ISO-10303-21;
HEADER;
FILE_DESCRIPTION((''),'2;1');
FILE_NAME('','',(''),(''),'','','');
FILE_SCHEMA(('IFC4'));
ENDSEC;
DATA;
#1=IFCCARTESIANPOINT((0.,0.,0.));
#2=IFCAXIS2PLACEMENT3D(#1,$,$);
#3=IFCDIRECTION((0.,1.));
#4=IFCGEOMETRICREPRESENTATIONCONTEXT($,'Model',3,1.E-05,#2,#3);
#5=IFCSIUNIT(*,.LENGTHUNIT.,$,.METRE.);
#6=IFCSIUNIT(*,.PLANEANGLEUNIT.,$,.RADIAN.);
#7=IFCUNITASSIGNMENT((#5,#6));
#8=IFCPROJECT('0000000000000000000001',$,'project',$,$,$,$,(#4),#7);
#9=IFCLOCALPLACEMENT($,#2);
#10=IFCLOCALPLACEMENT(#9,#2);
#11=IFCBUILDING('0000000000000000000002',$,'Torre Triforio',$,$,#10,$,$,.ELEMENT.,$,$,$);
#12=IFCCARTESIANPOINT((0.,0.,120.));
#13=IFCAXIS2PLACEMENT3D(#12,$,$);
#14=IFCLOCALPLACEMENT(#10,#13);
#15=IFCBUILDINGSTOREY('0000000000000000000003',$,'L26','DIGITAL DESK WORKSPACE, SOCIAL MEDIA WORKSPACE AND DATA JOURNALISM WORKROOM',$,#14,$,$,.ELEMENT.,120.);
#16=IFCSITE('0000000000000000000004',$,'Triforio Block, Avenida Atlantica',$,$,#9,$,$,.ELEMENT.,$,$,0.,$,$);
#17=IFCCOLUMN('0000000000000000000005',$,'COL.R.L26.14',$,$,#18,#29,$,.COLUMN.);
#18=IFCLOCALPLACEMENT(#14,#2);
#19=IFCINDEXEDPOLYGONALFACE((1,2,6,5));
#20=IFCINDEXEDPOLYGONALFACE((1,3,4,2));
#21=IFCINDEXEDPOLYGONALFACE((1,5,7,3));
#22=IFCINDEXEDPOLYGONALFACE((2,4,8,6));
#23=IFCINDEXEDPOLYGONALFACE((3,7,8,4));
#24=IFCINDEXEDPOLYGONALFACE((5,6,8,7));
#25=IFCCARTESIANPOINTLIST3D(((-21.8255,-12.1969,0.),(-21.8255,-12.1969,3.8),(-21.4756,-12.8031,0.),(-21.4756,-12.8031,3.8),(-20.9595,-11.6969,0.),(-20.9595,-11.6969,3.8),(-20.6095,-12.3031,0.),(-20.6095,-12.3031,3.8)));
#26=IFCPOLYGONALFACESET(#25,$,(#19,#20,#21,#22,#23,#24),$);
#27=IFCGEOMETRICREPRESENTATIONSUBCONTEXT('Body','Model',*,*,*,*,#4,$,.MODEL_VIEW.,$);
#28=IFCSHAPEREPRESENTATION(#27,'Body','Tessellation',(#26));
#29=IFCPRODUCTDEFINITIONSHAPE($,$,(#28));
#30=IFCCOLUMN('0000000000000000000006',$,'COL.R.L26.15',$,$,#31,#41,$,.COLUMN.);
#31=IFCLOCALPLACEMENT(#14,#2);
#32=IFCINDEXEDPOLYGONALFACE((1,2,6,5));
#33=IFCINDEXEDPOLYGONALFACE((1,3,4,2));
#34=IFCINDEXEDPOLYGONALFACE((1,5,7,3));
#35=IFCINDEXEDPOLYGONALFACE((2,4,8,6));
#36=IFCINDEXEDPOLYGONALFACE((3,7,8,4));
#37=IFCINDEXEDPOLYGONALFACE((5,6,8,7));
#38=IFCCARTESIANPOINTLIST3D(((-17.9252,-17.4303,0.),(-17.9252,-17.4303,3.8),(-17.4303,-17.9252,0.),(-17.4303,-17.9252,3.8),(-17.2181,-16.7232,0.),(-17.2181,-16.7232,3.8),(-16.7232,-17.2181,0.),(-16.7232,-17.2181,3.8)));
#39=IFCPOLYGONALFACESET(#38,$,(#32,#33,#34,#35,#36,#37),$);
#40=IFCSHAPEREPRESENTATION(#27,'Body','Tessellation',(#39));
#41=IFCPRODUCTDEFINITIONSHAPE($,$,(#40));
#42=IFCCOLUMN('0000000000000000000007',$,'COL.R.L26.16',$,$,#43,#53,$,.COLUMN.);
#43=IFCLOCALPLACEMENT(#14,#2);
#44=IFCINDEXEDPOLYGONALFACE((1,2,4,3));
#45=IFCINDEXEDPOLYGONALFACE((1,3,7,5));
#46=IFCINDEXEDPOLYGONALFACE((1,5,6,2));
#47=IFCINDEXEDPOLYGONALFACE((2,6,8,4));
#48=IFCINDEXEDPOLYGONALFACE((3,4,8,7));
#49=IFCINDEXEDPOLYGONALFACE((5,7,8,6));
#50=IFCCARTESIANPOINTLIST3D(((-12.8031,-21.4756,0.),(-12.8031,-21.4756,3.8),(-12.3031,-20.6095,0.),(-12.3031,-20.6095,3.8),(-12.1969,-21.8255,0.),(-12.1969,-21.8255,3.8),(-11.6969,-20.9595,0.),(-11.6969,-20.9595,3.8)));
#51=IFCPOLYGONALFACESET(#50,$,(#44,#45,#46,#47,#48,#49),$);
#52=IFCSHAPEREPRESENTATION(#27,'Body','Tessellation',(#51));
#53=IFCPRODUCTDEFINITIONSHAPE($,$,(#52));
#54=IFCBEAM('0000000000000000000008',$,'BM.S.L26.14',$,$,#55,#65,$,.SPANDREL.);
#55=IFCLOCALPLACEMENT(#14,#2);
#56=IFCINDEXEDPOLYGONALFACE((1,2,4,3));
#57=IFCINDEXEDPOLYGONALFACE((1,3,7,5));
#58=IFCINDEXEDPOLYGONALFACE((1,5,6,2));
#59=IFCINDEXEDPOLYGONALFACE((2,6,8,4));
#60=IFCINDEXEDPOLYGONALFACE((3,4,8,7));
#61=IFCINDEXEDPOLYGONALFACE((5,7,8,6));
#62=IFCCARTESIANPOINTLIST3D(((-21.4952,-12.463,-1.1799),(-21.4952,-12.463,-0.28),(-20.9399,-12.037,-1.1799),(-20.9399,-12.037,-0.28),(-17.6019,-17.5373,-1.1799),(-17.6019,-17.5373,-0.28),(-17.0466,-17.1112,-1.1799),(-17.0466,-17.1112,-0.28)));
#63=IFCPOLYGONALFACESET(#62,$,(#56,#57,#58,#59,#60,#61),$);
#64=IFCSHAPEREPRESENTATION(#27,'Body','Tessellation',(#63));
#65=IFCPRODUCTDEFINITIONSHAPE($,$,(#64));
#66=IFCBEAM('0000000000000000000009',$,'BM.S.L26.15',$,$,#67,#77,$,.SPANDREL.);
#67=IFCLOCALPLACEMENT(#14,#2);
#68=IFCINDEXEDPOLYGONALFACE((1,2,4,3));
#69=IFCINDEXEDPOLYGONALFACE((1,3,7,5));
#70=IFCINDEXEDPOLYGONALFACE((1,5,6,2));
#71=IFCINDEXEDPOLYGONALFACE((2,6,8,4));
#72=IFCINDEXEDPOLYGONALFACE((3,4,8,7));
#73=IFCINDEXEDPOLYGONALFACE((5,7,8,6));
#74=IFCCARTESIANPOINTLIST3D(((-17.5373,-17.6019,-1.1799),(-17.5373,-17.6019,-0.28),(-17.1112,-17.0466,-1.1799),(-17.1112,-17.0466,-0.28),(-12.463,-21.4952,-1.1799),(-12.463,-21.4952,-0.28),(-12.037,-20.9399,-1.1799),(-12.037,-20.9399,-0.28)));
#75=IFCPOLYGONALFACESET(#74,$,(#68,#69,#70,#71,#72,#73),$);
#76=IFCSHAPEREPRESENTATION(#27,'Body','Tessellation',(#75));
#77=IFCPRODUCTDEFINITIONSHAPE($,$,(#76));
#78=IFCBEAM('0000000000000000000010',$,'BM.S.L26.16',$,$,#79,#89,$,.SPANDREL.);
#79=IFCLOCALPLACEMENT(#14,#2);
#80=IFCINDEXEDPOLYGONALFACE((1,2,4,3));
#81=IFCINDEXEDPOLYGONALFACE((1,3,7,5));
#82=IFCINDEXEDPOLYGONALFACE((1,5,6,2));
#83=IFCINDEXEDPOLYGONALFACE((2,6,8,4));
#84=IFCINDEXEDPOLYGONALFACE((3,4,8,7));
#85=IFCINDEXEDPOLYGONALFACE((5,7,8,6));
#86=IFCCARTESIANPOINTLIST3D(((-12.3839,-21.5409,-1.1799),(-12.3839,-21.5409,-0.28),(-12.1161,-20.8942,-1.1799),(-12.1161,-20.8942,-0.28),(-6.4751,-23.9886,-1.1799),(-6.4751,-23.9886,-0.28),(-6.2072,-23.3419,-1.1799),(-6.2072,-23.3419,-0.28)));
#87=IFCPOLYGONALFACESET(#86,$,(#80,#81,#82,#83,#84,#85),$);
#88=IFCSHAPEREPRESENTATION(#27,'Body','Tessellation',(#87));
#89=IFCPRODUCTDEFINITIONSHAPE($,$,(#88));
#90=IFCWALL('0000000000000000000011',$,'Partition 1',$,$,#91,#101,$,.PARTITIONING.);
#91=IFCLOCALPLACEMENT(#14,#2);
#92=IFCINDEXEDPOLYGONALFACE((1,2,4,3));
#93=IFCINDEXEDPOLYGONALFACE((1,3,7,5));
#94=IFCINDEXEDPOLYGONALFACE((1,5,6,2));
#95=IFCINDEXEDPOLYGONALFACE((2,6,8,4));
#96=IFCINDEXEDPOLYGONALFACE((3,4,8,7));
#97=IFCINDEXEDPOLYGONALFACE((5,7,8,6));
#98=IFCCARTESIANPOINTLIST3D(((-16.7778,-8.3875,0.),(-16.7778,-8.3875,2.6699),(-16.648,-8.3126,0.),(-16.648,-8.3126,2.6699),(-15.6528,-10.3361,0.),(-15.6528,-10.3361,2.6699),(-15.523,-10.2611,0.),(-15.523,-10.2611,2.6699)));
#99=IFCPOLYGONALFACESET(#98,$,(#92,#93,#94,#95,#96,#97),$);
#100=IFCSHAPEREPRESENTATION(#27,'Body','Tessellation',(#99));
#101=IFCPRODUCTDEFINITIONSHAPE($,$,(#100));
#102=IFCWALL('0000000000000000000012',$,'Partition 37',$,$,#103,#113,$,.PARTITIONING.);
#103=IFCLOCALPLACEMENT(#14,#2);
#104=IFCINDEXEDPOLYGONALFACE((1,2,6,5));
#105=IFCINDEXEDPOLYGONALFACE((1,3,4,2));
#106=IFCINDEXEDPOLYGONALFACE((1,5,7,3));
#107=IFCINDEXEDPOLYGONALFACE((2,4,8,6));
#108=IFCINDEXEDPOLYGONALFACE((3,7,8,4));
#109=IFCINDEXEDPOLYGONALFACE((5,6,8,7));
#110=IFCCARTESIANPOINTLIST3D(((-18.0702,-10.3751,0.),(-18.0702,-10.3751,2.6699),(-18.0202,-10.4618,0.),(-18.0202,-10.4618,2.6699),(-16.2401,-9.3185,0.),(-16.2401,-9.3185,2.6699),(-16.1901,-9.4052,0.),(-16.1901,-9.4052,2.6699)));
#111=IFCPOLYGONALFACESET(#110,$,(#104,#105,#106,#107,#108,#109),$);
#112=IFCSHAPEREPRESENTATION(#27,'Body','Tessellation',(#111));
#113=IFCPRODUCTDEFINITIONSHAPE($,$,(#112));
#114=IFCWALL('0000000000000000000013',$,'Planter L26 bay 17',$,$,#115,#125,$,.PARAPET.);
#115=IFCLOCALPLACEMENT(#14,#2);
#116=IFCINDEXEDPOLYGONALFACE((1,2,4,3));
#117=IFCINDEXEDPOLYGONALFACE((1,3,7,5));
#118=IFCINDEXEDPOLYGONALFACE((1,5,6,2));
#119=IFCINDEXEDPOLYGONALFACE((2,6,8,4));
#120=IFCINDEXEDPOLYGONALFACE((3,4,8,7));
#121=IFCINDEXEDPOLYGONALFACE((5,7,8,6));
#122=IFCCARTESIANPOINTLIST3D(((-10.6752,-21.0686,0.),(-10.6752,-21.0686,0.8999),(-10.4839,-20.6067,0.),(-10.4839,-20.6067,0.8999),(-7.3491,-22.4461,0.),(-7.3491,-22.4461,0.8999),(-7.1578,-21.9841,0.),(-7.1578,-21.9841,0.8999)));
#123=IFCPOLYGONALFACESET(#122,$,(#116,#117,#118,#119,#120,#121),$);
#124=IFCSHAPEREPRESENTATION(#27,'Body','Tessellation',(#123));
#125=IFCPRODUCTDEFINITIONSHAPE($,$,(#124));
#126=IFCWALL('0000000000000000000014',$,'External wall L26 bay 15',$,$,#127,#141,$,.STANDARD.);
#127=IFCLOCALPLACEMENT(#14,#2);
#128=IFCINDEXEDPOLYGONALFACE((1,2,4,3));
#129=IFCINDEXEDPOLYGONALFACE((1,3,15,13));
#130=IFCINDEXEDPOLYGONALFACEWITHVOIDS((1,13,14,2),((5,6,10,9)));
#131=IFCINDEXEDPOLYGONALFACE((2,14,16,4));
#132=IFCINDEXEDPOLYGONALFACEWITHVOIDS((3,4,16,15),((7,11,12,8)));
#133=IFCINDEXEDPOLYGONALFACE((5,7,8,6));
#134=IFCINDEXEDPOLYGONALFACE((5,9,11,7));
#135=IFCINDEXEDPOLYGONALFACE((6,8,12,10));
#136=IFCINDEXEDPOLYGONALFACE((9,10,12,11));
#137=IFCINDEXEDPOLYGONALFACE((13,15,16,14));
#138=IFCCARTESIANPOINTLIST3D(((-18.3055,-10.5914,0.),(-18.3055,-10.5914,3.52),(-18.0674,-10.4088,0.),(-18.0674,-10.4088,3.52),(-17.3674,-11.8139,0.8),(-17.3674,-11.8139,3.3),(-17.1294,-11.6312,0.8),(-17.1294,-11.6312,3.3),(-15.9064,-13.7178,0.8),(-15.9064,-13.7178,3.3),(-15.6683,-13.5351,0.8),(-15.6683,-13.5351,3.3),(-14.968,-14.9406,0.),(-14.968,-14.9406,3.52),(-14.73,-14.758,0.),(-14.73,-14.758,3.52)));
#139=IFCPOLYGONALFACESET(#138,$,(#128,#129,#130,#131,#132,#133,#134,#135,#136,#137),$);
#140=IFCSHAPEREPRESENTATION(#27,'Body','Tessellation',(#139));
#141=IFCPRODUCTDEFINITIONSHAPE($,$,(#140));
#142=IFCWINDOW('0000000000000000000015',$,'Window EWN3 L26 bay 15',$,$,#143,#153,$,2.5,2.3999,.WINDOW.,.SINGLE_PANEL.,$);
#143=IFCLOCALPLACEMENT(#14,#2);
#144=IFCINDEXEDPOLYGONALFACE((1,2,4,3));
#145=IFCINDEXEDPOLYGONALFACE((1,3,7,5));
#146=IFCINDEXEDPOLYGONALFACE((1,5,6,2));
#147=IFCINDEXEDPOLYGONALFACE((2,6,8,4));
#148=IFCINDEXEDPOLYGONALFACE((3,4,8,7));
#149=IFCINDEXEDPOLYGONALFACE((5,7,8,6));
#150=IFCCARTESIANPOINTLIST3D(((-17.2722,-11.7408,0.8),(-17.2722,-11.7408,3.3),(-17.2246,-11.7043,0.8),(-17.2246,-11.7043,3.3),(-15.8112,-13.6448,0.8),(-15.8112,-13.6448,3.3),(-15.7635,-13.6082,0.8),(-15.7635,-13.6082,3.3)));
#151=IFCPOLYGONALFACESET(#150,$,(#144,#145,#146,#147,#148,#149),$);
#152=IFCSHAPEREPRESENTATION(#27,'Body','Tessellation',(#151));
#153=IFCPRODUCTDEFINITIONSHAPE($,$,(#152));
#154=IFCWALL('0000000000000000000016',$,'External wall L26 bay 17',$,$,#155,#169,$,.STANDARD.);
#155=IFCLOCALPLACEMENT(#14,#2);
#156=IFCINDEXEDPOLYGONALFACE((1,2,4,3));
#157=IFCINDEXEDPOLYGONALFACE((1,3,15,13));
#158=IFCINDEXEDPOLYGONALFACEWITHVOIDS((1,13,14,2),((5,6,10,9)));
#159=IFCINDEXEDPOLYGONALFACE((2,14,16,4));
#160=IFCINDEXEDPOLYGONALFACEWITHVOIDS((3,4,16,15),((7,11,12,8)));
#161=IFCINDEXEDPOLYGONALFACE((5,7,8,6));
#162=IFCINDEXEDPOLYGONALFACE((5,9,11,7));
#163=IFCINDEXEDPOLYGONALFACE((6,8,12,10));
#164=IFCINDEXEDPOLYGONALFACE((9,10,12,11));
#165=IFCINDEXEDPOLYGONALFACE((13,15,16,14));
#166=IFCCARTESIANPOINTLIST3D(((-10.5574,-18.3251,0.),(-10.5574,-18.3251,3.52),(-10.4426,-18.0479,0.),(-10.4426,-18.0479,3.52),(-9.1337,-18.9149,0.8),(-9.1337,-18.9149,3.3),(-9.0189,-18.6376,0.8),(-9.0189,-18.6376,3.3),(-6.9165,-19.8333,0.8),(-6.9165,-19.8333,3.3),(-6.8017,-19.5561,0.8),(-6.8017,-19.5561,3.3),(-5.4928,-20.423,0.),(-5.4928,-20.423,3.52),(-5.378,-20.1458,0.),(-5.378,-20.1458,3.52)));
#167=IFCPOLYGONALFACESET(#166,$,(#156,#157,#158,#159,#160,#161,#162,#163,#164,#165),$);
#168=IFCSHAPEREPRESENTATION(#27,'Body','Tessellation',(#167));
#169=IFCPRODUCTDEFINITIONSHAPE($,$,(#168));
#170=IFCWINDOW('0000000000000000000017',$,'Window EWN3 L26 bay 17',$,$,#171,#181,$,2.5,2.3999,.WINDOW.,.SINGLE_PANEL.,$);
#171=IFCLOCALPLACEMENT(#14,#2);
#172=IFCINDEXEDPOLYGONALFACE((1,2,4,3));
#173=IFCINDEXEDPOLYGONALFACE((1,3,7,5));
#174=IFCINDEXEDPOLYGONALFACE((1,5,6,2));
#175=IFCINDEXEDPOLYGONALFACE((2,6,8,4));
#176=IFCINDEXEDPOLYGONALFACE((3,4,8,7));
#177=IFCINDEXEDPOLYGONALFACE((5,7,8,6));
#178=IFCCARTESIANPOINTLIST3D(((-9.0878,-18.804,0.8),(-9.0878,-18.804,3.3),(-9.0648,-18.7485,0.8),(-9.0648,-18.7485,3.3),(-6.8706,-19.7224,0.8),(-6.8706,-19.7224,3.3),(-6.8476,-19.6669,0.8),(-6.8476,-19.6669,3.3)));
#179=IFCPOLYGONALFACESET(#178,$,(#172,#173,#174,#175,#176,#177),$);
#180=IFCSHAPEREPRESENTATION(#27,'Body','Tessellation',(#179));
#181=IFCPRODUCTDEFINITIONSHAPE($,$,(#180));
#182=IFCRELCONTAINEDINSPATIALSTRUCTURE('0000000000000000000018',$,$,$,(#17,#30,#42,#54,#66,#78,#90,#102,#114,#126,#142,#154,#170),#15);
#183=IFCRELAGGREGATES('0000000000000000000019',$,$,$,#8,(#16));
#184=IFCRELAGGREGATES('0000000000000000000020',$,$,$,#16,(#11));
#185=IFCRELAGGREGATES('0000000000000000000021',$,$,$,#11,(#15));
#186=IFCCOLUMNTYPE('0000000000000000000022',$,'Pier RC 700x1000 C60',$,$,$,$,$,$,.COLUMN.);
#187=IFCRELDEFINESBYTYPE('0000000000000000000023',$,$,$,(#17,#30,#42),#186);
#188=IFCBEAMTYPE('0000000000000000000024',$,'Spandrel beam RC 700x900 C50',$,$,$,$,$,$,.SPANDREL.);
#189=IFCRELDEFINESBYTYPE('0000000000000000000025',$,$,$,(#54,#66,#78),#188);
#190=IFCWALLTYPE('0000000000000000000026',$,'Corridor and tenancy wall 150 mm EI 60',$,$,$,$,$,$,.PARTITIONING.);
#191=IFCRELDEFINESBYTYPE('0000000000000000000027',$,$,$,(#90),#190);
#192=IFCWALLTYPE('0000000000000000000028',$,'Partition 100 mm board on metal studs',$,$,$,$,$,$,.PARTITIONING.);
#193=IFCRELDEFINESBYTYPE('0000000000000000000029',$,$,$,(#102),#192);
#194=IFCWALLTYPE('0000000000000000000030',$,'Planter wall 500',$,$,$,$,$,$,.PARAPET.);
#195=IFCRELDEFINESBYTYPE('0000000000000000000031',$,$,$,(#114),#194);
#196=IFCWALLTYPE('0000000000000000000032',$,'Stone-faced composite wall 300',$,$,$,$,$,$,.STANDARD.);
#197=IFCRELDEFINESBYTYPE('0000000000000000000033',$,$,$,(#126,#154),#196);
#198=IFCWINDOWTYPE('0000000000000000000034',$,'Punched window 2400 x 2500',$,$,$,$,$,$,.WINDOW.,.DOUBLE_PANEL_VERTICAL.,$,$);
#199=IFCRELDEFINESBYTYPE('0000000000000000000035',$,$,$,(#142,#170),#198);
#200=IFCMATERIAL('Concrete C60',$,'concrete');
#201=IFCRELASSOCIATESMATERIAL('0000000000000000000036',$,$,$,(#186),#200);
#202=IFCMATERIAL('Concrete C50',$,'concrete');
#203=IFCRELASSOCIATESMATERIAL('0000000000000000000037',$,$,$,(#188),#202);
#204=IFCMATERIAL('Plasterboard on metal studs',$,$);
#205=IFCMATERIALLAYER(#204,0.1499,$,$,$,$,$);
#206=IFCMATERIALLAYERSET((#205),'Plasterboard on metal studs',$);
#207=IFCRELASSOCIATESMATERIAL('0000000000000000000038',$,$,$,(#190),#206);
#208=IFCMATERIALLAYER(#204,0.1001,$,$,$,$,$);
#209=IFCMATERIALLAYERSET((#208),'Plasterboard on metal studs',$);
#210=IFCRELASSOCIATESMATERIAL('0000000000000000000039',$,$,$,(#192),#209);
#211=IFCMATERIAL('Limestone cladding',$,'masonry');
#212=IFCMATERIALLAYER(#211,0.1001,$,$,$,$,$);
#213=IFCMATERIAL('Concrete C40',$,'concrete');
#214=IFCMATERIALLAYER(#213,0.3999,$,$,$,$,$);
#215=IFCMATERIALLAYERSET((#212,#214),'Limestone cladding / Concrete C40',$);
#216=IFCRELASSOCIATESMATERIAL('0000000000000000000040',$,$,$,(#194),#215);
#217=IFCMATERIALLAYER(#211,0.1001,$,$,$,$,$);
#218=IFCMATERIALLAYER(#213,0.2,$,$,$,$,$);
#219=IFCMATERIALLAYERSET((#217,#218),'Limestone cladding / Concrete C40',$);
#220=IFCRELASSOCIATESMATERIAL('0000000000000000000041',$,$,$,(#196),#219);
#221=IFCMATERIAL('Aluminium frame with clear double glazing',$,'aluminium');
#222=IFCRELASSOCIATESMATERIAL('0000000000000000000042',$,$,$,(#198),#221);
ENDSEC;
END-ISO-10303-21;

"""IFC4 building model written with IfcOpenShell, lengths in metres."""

from ifc_helpers import new_model, si_unit, direction, frame, frame_2d, origin, origin_2d, place, context, subcontext, project, spatial, rectangle, extrude, material, layer, layer_set, material_profile, profile_set, type_object, element, fill, save


model = new_model("IFC4")

# Units and contexts
model_context = context("Model", 3, precision=1e-05, world=origin(), true_north=direction((0.0, 1.0)))
body_context = subcontext(model_context, "Body", "Model", "MODEL_VIEW")
ifc_project = project(units=[si_unit("LENGTHUNIT", "METRE"), si_unit("PLANEANGLEUNIT", "RADIAN")], contexts=[model_context])

# Site, building, storey
site_placement = place(None, origin())
site = spatial("IfcSite", under=ifc_project, at=site_placement, Name="Triforio Block, Avenida Atlantica", CompositionType="ELEMENT", RefElevation=0.0)
building_placement = place(site_placement, origin())
building = spatial("IfcBuilding", under=site, at=building_placement, Name="Torre Triforio", CompositionType="ELEMENT")
storey_placement = place(building_placement, frame((0.0, 0.0, 120.0)))
storey = spatial("IfcBuildingStorey", under=building, at=storey_placement, Name="L26", Description="DIGITAL DESK WORKSPACE, SOCIAL MEDIA WORKSPACE AND DATA JOURNALISM WORKROOM", CompositionType="ELEMENT", Elevation=120.0)

# Columns
ifc_material_1 = material(Name="Concrete C60", Category="concrete")
ifc_material_profile_1 = material_profile(ifc_material_1, rectangle(XDim=0.7, YDim=1.0, at=origin_2d()), Name="RC 700x1000")
ifc_profile_set_1 = profile_set([ifc_material_profile_1], Name="Concrete C60")
column_type = type_object("IfcColumnType", Name="Pier RC 700x1000 C60", PredefinedType="COLUMN", material=ifc_profile_set_1)
for number, where, z_axis, x_axis, name in (
    (1, (-21.2175, -12.25, 0.0), (0.0, 0.0, 1.0), (0.5, -0.866025, 0.0), "COL.R.L26.14"),
    (2, (-17.3242, -17.3242, 0.0), (0.0, 0.0, 1.0), (0.707107, -0.707107, 0.0), "COL.R.L26.15"),
    (3, (-12.25, -21.2175, 0.0), (0.0, 0.0, 1.0), (0.866025, -0.5, 0.0), "COL.R.L26.16"),
):
    element("IfcColumn", number, at=place(storey_placement, frame(where, z_axis=z_axis, x_axis=x_axis)), inside=storey, type_object=column_type, Name=name, PredefinedType="COLUMN", context=body_context, shape_type="SweptSolid", body=[
        extrude(rectangle(XDim=0.7, YDim=1.0, at=origin_2d()), origin(), (0.0, 0.0, 1.0), 3.8),
    ])

# Beams
ifc_material_2 = material(Name="Concrete C50", Category="concrete")
ifc_material_profile_2 = material_profile(ifc_material_2, rectangle(XDim=0.7, YDim=0.8999, at=origin_2d()), Name="RC 700x900")
ifc_profile_set_2 = profile_set([ifc_material_profile_2], Name="Concrete C50")
beam_type = type_object("IfcBeamType", Name="Spandrel beam RC 700x900 C50", PredefinedType="SPANDREL", material=ifc_profile_set_2)
for number, where, z_axis, x_axis, name in (
    (4, (-21.2175, -12.25, -0.73), (0.608734, -0.793374, 0.0), (0.793374, 0.608734, 0.0), "BM.S.L26.14"),
    (5, (-17.3242, -17.3242, -0.73), (0.793374, -0.608734, 0.0), (0.608734, 0.793374, 0.0), "BM.S.L26.15"),
    (6, (-12.25, -21.2175, -0.73), (0.923869, -0.382709, 0.0), (0.382709, 0.923869, 0.0), "BM.S.L26.16"),
):
    element("IfcBeam", number, at=place(storey_placement, frame(where, z_axis=z_axis, x_axis=x_axis)), inside=storey, type_object=beam_type, Name=name, PredefinedType="SPANDREL", context=body_context, shape_type="SweptSolid", body=[
        extrude(rectangle(XDim=0.7, YDim=0.8999, at=origin_2d()), origin(), (0.0, 0.0, 1.0), 6.3958),
    ])

# Walls
ifc_material_3 = material(Name="Plasterboard on metal studs")
ifc_layer_1 = layer(ifc_material_3, 0.1499)
ifc_layer_set_1 = layer_set([ifc_layer_1], Name="Plasterboard on metal studs")
wall_type_1 = type_object("IfcWallType", Name="Corridor and tenancy wall 150 mm EI 60", PredefinedType="PARTITIONING", material=ifc_layer_set_1)
wall_1_placement = place(storey_placement, frame((-15.5879, -10.2986, 0.0), z_axis=(0.0, 0.0, 1.0), x_axis=(-0.500014, 0.866018, 0.0)))
element("IfcWall", 7, at=wall_1_placement, inside=storey, type_object=wall_type_1, Name="Partition 1", PredefinedType="PARTITIONING", context=body_context, shape_type="SweptSolid", body=[
    extrude(rectangle(XDim=2.25, YDim=0.1499, at=frame_2d((1.125, 0.0))), origin(), (0.0, 0.0, 1.0), 2.6699),
])
ifc_layer_2 = layer(ifc_material_3, 0.1001)
ifc_layer_set_2 = layer_set([ifc_layer_2], Name="Plasterboard on metal studs")
wall_type_2 = type_object("IfcWallType", Name="Partition 100 mm board on metal studs", PredefinedType="PARTITIONING", material=ifc_layer_set_2)
wall_2_placement = place(storey_placement, frame((-16.2151, -9.3618, 0.0), z_axis=(0.0, 0.0, 1.0), x_axis=(-0.866016, -0.500016, 0.0)))
element("IfcWall", 8, at=wall_2_placement, inside=storey, type_object=wall_type_2, Name="Partition 37", PredefinedType="PARTITIONING", context=body_context, shape_type="SweptSolid", body=[
    extrude(rectangle(XDim=2.1133, YDim=0.1001, at=frame_2d((1.0566, 0.0))), origin(), (0.0, 0.0, 1.0), 2.6699),
])
ifc_material_4 = material(Name="Limestone cladding", Category="masonry")
ifc_layer_3 = layer(ifc_material_4, 0.1001)
ifc_material_5 = material(Name="Concrete C40", Category="concrete")
ifc_layer_4 = layer(ifc_material_5, 0.3999)
ifc_layer_set_3 = layer_set([ifc_layer_3, ifc_layer_4], Name="Limestone cladding / Concrete C40")
wall_type_3 = type_object("IfcWallType", Name="Planter wall 500", PredefinedType="PARAPET", material=ifc_layer_set_3)
wall_3_placement = place(storey_placement, frame((-10.5796, -20.8376, 0.0), z_axis=(0.0, 0.0, 1.0), x_axis=(0.923909, -0.382611, 0.0)))
element("IfcWall", 9, at=wall_3_placement, inside=storey, type_object=wall_type_3, Name="Planter L26 bay 17", PredefinedType="PARAPET", context=body_context, shape_type="SweptSolid", body=[
    extrude(rectangle(XDim=3.6001, YDim=0.5, at=frame_2d((1.8, 0.0))), origin(), (0.0, 0.0, 1.0), 0.8999),
])

# Wall, opening, window
ifc_layer_5 = layer(ifc_material_4, 0.1001)
ifc_layer_6 = layer(ifc_material_5, 0.2)
ifc_layer_set_4 = layer_set([ifc_layer_5, ifc_layer_6], Name="Limestone cladding / Concrete C40")
wall_type_4 = type_object("IfcWallType", Name="Stone-faced composite wall 300", PredefinedType="STANDARD", material=ifc_layer_set_4)
wall_4_placement = place(storey_placement, frame((-18.1865, -10.5, 0.0), z_axis=(0.0, 0.0, 1.0), x_axis=(0.608785, -0.793335, 0.0)))
wall_4 = element("IfcWall", 10, at=wall_4_placement, inside=storey, type_object=wall_type_4, Name="External wall L26 bay 15", PredefinedType="STANDARD", context=body_context, shape_type="SweptSolid", body=[
    extrude(rectangle(XDim=5.4822, YDim=0.3, at=frame_2d((2.7412, 0.0))), origin(), (0.0, 0.0, 1.0), 3.52),
])
opening_1_placement = place(wall_4_placement, frame((1.541, 0.0, 0.8)))
opening_1 = element("IfcOpeningElement", 11, at=opening_1_placement, cuts=wall_4, PredefinedType="OPENING", context=body_context, shape_type="SweptSolid", body=[
    extrude(rectangle(XDim=2.3999, YDim=2.5, at=frame_2d((1.2, 1.25))), frame((0.0, 0.1599, 0.0), z_axis=(0.0, -1.0, 0.0), x_axis=(1.0, 0.0, 0.0)), (0.0, 0.0, 1.0), 0.3201),
])
ifc_material_6 = material(Name="Aluminium frame with clear double glazing", Category="aluminium")
window_type_1 = type_object("IfcWindowType", Name="Punched window 2400 x 2500", PartitioningType="DOUBLE_PANEL_VERTICAL", PredefinedType="WINDOW", material=ifc_material_6)
window_1_placement = place(opening_1_placement, origin())
window_1 = element("IfcWindow", 12, at=window_1_placement, inside=storey, type_object=window_type_1, Name="Window EWN3 L26 bay 15", OverallHeight=2.5, OverallWidth=2.3999, PartitioningType="SINGLE_PANEL", PredefinedType="WINDOW", context=body_context, shape_type="SweptSolid", body=[
    extrude(rectangle(XDim=2.3999, YDim=2.5, at=frame_2d((1.2, 1.25))), frame((0.0, 0.03, 0.0), z_axis=(0.0, -1.0, 0.0), x_axis=(1.0, 0.0, 0.0)), (0.0, 0.0, 1.0), 0.0601),
])
fill(opening_1, window_1)

# Wall, opening, window
wall_5_placement = place(storey_placement, frame((-10.5, -18.1865, 0.0), z_axis=(0.0, 0.0, 1.0), x_axis=(0.923877, -0.382689, 0.0)))
wall_5 = element("IfcWall", 13, at=wall_5_placement, inside=storey, type_object=wall_type_4, Name="External wall L26 bay 17", PredefinedType="STANDARD", context=body_context, shape_type="SweptSolid", body=[
    extrude(rectangle(XDim=5.4819, YDim=0.3, at=frame_2d((2.741, 0.0))), origin(), (0.0, 0.0, 1.0), 3.52),
])
opening_2_placement = place(wall_5_placement, frame((1.541, 0.0, 0.8)))
opening_2 = element("IfcOpeningElement", 14, at=opening_2_placement, cuts=wall_5, PredefinedType="OPENING", context=body_context, shape_type="SweptSolid", body=[
    extrude(rectangle(XDim=2.3999, YDim=2.5, at=frame_2d((1.2, 1.25))), frame((0.0, 0.1599, 0.0), z_axis=(0.0, -1.0, 0.0), x_axis=(1.0, 0.0, 0.0)), (0.0, 0.0, 1.0), 0.3201),
])
window_2_placement = place(opening_2_placement, origin())
window_2 = element("IfcWindow", 15, at=window_2_placement, inside=storey, type_object=window_type_1, Name="Window EWN3 L26 bay 17", OverallHeight=2.5, OverallWidth=2.3999, PartitioningType="SINGLE_PANEL", PredefinedType="WINDOW", context=body_context, shape_type="SweptSolid", body=[
    extrude(rectangle(XDim=2.3999, YDim=2.5, at=frame_2d((1.2, 1.25))), frame((0.0, 0.03, 0.0), z_axis=(0.0, -1.0, 0.0), x_axis=(1.0, 0.0, 0.0)), (0.0, 0.0, 1.0), 0.0601),
])
fill(opening_2, window_2)

save(model, "model.ifc")
